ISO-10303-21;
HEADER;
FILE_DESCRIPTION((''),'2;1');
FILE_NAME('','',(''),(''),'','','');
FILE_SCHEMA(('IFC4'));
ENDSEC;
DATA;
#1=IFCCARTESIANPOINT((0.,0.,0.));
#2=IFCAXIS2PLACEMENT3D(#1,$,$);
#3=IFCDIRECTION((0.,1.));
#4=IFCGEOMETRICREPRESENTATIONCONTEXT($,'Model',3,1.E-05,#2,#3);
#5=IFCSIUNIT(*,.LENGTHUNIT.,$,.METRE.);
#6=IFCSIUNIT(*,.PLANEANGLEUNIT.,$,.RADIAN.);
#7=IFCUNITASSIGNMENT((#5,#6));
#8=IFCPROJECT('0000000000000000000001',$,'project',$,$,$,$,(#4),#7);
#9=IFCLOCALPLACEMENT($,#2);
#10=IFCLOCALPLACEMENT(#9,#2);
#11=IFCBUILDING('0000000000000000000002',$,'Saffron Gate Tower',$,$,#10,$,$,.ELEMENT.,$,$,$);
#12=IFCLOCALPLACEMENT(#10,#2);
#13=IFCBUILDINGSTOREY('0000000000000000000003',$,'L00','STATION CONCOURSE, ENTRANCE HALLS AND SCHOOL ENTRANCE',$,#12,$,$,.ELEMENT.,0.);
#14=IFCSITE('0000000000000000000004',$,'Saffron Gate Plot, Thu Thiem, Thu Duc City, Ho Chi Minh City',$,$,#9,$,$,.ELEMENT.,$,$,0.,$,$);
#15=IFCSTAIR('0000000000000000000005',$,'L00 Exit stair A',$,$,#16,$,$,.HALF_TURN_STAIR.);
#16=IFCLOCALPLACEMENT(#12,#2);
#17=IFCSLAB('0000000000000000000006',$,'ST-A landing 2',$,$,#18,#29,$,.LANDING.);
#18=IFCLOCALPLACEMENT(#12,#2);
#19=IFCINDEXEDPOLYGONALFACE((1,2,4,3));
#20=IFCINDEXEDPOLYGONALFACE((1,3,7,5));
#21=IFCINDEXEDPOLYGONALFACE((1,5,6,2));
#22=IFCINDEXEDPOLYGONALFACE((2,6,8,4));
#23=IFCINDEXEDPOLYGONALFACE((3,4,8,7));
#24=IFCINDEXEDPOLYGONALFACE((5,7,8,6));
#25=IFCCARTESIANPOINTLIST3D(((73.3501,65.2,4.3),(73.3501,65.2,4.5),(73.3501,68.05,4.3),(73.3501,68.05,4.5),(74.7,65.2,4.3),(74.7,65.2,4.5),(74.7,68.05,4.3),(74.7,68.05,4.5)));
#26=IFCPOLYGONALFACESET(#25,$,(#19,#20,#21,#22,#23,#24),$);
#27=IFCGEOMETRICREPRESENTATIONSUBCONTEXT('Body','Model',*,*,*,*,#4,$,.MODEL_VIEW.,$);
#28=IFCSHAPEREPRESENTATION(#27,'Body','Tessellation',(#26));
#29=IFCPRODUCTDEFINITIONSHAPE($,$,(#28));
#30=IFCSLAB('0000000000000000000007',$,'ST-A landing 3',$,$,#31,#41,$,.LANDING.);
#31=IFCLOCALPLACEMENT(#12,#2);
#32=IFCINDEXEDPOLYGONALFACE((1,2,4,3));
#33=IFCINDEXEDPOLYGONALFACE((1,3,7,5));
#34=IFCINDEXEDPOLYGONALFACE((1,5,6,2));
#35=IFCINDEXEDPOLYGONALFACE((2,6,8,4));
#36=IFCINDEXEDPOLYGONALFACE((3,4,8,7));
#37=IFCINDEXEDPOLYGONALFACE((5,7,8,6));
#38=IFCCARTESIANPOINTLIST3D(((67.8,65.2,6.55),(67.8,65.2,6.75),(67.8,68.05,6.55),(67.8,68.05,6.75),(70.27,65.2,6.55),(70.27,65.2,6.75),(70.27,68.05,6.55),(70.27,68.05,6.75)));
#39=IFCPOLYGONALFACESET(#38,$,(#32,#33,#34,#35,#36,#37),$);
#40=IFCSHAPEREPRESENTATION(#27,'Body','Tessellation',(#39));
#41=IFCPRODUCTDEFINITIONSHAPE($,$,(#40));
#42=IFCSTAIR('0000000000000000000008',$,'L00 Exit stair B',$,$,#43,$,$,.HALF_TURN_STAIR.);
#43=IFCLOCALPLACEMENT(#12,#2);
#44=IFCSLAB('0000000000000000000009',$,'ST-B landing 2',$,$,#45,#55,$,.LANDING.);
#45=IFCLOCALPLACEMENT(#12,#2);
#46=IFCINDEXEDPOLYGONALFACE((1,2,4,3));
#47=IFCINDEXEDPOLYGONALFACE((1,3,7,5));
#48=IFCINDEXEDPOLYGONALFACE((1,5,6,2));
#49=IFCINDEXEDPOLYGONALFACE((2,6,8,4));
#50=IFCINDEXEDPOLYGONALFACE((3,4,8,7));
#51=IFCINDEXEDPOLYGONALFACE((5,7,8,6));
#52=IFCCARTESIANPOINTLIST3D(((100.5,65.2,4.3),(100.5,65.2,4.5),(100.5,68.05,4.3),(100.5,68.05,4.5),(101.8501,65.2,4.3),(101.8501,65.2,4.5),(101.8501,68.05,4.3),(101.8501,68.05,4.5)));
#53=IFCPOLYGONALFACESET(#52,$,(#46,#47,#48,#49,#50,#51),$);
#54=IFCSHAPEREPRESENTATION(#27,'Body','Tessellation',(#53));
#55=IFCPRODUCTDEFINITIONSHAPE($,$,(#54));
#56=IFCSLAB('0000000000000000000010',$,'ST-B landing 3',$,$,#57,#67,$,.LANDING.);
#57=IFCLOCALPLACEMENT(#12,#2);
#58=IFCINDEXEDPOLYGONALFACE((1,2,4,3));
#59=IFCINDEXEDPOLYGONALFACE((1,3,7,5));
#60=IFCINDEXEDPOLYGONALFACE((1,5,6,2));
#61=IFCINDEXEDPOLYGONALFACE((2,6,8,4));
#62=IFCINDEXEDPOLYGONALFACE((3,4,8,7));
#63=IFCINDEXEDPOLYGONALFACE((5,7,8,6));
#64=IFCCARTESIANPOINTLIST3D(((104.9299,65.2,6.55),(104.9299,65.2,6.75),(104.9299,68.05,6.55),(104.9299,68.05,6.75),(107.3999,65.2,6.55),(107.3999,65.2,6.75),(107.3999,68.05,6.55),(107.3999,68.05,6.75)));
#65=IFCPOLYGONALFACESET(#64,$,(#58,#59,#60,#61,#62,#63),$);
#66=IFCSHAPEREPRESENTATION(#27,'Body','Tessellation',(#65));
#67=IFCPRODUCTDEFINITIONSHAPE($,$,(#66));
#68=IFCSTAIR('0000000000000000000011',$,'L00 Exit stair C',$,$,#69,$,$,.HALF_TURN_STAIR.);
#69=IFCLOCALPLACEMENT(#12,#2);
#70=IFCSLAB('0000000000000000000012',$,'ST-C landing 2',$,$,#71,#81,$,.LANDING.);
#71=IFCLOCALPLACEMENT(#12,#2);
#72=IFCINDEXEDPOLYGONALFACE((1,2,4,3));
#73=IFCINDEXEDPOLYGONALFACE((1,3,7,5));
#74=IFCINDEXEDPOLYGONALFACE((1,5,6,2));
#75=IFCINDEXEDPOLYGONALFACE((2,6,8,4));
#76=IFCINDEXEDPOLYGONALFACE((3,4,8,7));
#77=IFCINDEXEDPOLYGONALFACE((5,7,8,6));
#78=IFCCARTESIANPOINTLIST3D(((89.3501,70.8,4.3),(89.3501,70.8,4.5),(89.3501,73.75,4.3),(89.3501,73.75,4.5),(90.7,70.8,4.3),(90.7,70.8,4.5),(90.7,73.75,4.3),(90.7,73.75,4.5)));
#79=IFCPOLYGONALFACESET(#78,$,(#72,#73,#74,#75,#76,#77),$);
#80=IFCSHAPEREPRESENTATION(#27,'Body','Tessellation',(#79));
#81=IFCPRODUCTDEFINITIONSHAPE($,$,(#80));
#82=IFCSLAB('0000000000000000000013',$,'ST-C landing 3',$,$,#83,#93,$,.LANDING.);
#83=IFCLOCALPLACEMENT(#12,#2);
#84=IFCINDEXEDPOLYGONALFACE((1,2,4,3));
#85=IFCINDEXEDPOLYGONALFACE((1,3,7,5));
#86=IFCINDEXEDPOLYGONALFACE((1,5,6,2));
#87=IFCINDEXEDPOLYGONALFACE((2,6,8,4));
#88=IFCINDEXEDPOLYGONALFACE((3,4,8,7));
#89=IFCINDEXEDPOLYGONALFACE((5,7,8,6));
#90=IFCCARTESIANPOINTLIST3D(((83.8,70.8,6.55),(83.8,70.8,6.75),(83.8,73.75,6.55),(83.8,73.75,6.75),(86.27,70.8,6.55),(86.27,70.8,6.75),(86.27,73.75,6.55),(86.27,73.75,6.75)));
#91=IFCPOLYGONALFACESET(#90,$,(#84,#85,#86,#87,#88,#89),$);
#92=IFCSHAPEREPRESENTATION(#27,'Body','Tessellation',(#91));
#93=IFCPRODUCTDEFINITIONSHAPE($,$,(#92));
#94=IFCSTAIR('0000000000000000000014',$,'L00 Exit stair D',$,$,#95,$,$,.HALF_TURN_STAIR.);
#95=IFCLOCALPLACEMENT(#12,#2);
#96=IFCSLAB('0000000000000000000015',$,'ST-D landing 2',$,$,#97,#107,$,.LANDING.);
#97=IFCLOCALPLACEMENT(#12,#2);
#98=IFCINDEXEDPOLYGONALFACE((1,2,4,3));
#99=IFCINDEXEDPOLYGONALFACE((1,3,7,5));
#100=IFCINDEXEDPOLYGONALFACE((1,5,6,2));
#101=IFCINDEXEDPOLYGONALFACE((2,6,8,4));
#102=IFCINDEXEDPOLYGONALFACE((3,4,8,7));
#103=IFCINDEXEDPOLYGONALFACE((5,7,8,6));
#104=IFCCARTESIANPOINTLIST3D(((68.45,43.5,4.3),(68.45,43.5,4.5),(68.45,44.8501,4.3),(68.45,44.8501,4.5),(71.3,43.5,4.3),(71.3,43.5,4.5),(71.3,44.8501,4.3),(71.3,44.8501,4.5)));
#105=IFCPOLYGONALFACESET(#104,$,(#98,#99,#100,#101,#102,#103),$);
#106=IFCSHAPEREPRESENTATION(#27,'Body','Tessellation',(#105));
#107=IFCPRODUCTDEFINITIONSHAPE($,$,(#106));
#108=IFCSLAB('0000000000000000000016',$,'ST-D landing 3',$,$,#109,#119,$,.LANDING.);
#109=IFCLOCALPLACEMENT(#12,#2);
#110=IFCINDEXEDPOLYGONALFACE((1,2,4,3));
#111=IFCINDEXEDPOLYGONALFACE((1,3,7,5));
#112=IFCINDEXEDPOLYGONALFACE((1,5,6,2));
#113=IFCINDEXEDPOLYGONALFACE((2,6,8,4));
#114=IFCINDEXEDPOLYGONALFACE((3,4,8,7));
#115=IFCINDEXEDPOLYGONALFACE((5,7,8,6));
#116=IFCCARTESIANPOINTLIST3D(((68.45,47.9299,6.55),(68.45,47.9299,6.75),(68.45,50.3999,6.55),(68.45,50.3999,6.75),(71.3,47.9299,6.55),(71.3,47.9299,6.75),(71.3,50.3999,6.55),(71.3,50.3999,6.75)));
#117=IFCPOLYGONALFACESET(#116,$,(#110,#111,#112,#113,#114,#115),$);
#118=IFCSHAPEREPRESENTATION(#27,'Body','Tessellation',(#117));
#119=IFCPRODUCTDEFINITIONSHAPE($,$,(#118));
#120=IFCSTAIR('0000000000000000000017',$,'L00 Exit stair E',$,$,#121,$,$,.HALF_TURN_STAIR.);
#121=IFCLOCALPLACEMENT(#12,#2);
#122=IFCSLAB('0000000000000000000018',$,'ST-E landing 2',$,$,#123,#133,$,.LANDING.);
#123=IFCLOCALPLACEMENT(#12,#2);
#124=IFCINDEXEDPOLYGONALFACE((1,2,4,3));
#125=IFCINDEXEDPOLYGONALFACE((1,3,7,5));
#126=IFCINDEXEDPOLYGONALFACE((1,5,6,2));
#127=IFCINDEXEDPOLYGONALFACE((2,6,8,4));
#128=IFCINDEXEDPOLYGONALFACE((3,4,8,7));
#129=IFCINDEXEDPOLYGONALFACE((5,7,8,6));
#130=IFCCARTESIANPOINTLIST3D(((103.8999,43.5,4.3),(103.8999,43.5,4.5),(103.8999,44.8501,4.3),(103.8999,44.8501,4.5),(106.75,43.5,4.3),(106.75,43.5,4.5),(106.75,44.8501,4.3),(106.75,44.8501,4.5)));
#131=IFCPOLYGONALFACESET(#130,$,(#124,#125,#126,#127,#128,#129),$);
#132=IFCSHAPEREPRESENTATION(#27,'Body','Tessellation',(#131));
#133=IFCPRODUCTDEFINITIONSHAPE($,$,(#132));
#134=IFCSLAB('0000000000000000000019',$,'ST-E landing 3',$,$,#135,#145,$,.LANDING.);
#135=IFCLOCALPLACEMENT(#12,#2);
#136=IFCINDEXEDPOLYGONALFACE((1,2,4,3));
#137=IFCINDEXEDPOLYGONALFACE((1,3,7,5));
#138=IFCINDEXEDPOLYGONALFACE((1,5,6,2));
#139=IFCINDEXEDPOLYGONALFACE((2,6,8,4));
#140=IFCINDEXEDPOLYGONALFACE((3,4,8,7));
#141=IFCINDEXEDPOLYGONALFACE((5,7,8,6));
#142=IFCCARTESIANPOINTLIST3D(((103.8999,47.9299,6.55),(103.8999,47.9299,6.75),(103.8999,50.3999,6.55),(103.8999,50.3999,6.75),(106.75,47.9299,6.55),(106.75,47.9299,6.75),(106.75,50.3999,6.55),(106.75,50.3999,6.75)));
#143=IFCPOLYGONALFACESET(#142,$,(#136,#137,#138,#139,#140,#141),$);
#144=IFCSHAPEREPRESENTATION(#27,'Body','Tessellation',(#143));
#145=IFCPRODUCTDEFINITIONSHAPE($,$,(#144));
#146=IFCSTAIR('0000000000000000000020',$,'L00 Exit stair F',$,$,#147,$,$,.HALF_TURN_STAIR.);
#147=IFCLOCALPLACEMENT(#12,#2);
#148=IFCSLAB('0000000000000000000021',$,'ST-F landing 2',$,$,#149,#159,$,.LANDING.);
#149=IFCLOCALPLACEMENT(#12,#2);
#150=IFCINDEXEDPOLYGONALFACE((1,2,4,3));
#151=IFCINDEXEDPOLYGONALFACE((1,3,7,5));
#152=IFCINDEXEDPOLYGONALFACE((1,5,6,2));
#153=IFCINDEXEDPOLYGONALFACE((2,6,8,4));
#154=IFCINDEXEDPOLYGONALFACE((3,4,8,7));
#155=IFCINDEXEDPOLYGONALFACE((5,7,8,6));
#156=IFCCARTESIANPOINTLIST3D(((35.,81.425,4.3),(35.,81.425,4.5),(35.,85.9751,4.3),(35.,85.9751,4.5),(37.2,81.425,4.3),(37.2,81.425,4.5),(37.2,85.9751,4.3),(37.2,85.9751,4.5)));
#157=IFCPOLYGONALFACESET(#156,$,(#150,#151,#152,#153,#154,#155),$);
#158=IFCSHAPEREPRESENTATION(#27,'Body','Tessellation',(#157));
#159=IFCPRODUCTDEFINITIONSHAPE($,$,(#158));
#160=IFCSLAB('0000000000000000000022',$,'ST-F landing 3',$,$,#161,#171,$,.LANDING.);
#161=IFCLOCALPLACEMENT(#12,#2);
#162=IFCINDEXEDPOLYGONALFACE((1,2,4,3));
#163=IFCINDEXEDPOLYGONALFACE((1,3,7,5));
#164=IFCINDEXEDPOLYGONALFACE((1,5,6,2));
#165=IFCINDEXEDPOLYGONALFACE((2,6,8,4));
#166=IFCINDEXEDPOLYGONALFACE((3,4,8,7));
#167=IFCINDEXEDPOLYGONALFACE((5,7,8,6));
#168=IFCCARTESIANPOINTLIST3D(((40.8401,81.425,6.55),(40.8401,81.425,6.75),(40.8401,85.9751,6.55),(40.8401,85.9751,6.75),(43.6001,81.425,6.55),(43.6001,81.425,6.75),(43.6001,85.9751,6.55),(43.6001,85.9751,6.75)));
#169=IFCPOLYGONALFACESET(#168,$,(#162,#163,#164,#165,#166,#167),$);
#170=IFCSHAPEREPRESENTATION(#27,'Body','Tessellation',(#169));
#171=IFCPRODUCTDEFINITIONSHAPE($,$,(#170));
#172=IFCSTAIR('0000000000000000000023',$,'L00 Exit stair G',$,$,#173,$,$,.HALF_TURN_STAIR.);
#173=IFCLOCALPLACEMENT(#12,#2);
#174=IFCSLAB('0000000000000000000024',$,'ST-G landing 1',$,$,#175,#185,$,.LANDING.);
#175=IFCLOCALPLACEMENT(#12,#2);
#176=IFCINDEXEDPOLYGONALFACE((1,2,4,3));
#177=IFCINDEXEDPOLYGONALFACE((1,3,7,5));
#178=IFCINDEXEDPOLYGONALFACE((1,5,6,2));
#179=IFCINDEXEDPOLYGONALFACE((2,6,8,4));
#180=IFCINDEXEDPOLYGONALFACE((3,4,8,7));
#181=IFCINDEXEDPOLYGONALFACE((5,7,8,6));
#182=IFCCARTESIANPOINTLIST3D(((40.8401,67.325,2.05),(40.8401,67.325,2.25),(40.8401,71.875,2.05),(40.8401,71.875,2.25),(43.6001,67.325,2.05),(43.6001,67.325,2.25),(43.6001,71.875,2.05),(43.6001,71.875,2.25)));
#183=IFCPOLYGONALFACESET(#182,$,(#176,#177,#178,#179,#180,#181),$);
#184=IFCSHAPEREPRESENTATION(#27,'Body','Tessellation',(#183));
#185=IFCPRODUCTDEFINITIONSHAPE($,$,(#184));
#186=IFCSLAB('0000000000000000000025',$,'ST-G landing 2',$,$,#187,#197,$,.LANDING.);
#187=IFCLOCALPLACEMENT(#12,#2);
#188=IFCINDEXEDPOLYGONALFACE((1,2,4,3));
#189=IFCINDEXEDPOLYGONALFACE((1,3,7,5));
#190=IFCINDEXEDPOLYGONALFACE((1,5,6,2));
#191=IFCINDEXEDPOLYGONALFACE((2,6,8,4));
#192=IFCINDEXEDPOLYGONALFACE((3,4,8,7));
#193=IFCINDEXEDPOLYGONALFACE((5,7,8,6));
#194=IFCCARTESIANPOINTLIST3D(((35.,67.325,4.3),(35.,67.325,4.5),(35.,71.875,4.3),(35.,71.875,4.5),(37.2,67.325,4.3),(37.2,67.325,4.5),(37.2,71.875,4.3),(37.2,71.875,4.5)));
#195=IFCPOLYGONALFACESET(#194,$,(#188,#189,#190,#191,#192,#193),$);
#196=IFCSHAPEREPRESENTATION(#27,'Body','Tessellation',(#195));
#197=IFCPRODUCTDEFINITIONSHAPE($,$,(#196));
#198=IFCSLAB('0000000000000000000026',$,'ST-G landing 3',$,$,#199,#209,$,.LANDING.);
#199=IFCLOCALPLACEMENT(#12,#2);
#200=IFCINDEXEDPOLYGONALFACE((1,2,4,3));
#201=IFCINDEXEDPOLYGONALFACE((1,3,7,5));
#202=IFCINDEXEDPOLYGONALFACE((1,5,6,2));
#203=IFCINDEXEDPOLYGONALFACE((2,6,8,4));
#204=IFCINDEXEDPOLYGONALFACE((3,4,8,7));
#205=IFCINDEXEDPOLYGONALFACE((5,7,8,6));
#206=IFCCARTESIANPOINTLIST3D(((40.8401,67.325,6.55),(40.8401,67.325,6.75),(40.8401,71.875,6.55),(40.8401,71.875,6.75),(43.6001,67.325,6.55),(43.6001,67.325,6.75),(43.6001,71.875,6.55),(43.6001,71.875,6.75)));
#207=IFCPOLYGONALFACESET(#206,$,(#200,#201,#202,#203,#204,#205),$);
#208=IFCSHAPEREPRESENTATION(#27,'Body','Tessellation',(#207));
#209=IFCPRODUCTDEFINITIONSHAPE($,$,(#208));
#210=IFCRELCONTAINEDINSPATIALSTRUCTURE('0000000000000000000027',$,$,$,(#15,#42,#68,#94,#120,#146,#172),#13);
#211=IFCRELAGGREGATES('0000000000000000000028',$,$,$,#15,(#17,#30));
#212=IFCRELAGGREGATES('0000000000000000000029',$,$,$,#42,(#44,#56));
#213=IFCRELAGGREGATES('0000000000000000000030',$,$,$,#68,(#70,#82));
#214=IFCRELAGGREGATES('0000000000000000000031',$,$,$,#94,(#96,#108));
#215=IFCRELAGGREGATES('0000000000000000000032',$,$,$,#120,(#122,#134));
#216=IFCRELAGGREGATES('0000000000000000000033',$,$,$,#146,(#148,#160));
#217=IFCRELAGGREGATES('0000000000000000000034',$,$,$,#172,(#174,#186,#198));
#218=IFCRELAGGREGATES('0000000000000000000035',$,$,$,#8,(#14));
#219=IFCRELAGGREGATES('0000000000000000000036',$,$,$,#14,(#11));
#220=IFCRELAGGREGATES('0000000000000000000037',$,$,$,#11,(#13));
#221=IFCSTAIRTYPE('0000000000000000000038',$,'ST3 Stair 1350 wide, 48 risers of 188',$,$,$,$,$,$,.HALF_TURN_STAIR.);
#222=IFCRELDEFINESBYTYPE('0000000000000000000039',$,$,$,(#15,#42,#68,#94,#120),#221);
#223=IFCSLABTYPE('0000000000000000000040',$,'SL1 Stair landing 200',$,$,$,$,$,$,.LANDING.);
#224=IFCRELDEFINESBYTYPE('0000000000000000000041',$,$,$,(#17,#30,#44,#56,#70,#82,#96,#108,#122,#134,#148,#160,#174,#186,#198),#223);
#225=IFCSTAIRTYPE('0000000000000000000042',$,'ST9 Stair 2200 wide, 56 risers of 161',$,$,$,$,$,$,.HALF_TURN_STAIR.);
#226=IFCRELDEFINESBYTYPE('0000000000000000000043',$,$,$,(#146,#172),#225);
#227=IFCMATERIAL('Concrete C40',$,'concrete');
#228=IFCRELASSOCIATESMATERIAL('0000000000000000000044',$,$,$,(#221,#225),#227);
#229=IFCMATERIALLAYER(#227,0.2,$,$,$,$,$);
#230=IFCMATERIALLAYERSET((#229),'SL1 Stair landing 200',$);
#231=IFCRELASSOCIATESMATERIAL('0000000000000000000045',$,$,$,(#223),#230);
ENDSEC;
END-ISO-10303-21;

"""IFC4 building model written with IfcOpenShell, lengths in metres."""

from ifc_helpers import new_model, si_unit, direction, frame, origin, place, context, subcontext, project, spatial, polyline, outline, extrude, material, layer, layer_set, type_object, element, aggregate, save


model = new_model("IFC4")

# Units and contexts
model_context = context("Model", 3, precision=1e-05, world=origin(), true_north=direction((0.0, 1.0)))
body_context = subcontext(model_context, "Body", "Model", "MODEL_VIEW")
ifc_project = project(units=[si_unit("LENGTHUNIT", "METRE"), si_unit("PLANEANGLEUNIT", "RADIAN")], contexts=[model_context])

# Site, building, storey
site_placement = place(None, origin())
site = spatial("IfcSite", under=ifc_project, at=site_placement, Name="Saffron Gate Plot, Thu Thiem, Thu Duc City, Ho Chi Minh City", CompositionType="ELEMENT", RefElevation=0.0)
building_placement = place(site_placement, origin())
building = spatial("IfcBuilding", under=site, at=building_placement, Name="Saffron Gate Tower", CompositionType="ELEMENT")
storey_placement = place(building_placement, origin())
storey = spatial("IfcBuildingStorey", under=building, at=storey_placement, Name="L00", Description="STATION CONCOURSE, ENTRANCE HALLS AND SCHOOL ENTRANCE", CompositionType="ELEMENT", Elevation=0.0)

# Stairs, slabs
ifc_material = material(Name="Concrete C40", Category="concrete")
stair_type_1 = type_object("IfcStairType", Name="ST3 Stair 1350 wide, 48 risers of 188", PredefinedType="HALF_TURN_STAIR", material=ifc_material)
stair_1_placement = place(storey_placement, origin())
stair_1 = element("IfcStair", 1, at=stair_1_placement, inside=storey, type_object=stair_type_1, Name="L00 Exit stair A", PredefinedType="HALF_TURN_STAIR")
ifc_layer = layer(ifc_material, 0.2)
ifc_layer_set = layer_set([ifc_layer], Name="SL1 Stair landing 200")
slab_type = type_object("IfcSlabType", Name="SL1 Stair landing 200", PredefinedType="LANDING", material=ifc_layer_set)
slab_1_placement = place(storey_placement, frame((0.0, 0.0, 4.3)))
slab_1 = element("IfcSlab", 2, at=slab_1_placement, type_object=slab_type, Name="ST-A landing 2", PredefinedType="LANDING", context=body_context, shape_type="SweptSolid", body=[
    extrude(outline(polyline([(74.7, 68.05), (73.3501, 68.05), (73.3501, 65.2), (74.7, 65.2), (74.7, 68.05)])), origin(), (0.0, 0.0, 1.0), 0.2),
])
slab_2_placement = place(storey_placement, frame((0.0, 0.0, 6.55)))
slab_2 = element("IfcSlab", 3, at=slab_2_placement, type_object=slab_type, Name="ST-A landing 3", PredefinedType="LANDING", context=body_context, shape_type="SweptSolid", body=[
    extrude(outline(polyline([(70.27, 68.05), (67.8, 68.05), (67.8, 65.2), (70.27, 65.2), (70.27, 68.05)])), origin(), (0.0, 0.0, 1.0), 0.2),
])
aggregate(stair_1, [slab_1, slab_2])
stair_2_placement = place(storey_placement, origin())
stair_2 = element("IfcStair", 4, at=stair_2_placement, inside=storey, type_object=stair_type_1, Name="L00 Exit stair B", PredefinedType="HALF_TURN_STAIR")
slab_3_placement = place(storey_placement, frame((0.0, 0.0, 4.3)))
slab_3 = element("IfcSlab", 5, at=slab_3_placement, type_object=slab_type, Name="ST-B landing 2", PredefinedType="LANDING", context=body_context, shape_type="SweptSolid", body=[
    extrude(outline(polyline([(100.5, 65.2), (101.8501, 65.2), (101.8501, 68.05), (100.5, 68.05), (100.5, 65.2)])), origin(), (0.0, 0.0, 1.0), 0.2),
])
slab_4_placement = place(storey_placement, frame((0.0, 0.0, 6.55)))
slab_4 = element("IfcSlab", 6, at=slab_4_placement, type_object=slab_type, Name="ST-B landing 3", PredefinedType="LANDING", context=body_context, shape_type="SweptSolid", body=[
    extrude(outline(polyline([(104.9299, 65.2), (107.3999, 65.2), (107.3999, 68.05), (104.9299, 68.05), (104.9299, 65.2)])), origin(), (0.0, 0.0, 1.0), 0.2),
])
aggregate(stair_2, [slab_3, slab_4])
stair_3_placement = place(storey_placement, origin())
stair_3 = element("IfcStair", 7, at=stair_3_placement, inside=storey, type_object=stair_type_1, Name="L00 Exit stair C", PredefinedType="HALF_TURN_STAIR")
slab_5_placement = place(storey_placement, frame((0.0, 0.0, 4.3)))
slab_5 = element("IfcSlab", 8, at=slab_5_placement, type_object=slab_type, Name="ST-C landing 2", PredefinedType="LANDING", context=body_context, shape_type="SweptSolid", body=[
    extrude(outline(polyline([(90.7, 73.75), (89.3501, 73.75), (89.3501, 70.8), (90.7, 70.8), (90.7, 73.75)])), origin(), (0.0, 0.0, 1.0), 0.2),
])
slab_6_placement = place(storey_placement, frame((0.0, 0.0, 6.55)))
slab_6 = element("IfcSlab", 9, at=slab_6_placement, type_object=slab_type, Name="ST-C landing 3", PredefinedType="LANDING", context=body_context, shape_type="SweptSolid", body=[
    extrude(outline(polyline([(86.27, 73.75), (83.8, 73.75), (83.8, 70.8), (86.27, 70.8), (86.27, 73.75)])), origin(), (0.0, 0.0, 1.0), 0.2),
])
aggregate(stair_3, [slab_5, slab_6])
stair_4_placement = place(storey_placement, origin())
stair_4 = element("IfcStair", 10, at=stair_4_placement, inside=storey, type_object=stair_type_1, Name="L00 Exit stair D", PredefinedType="HALF_TURN_STAIR")
slab_7_placement = place(storey_placement, frame((0.0, 0.0, 4.3)))
slab_7 = element("IfcSlab", 11, at=slab_7_placement, type_object=slab_type, Name="ST-D landing 2", PredefinedType="LANDING", context=body_context, shape_type="SweptSolid", body=[
    extrude(outline(polyline([(71.3, 43.5), (71.3, 44.8501), (68.45, 44.8501), (68.45, 43.5), (71.3, 43.5)])), origin(), (0.0, 0.0, 1.0), 0.2),
])
slab_8_placement = place(storey_placement, frame((0.0, 0.0, 6.55)))
slab_8 = element("IfcSlab", 12, at=slab_8_placement, type_object=slab_type, Name="ST-D landing 3", PredefinedType="LANDING", context=body_context, shape_type="SweptSolid", body=[
    extrude(outline(polyline([(71.3, 47.9299), (71.3, 50.3999), (68.45, 50.3999), (68.45, 47.9299), (71.3, 47.9299)])), origin(), (0.0, 0.0, 1.0), 0.2),
])
aggregate(stair_4, [slab_7, slab_8])
stair_5_placement = place(storey_placement, origin())
stair_5 = element("IfcStair", 13, at=stair_5_placement, inside=storey, type_object=stair_type_1, Name="L00 Exit stair E", PredefinedType="HALF_TURN_STAIR")
slab_9_placement = place(storey_placement, frame((0.0, 0.0, 4.3)))
slab_9 = element("IfcSlab", 14, at=slab_9_placement, type_object=slab_type, Name="ST-E landing 2", PredefinedType="LANDING", context=body_context, shape_type="SweptSolid", body=[
    extrude(outline(polyline([(106.75, 43.5), (106.75, 44.8501), (103.8999, 44.8501), (103.8999, 43.5), (106.75, 43.5)])), origin(), (0.0, 0.0, 1.0), 0.2),
])
slab_10_placement = place(storey_placement, frame((0.0, 0.0, 6.55)))
slab_10 = element("IfcSlab", 15, at=slab_10_placement, type_object=slab_type, Name="ST-E landing 3", PredefinedType="LANDING", context=body_context, shape_type="SweptSolid", body=[
    extrude(outline(polyline([(106.75, 47.9299), (106.75, 50.3999), (103.8999, 50.3999), (103.8999, 47.9299), (106.75, 47.9299)])), origin(), (0.0, 0.0, 1.0), 0.2),
])
aggregate(stair_5, [slab_9, slab_10])
stair_type_2 = type_object("IfcStairType", Name="ST9 Stair 2200 wide, 56 risers of 161", PredefinedType="HALF_TURN_STAIR", material=ifc_material)
stair_6_placement = place(storey_placement, origin())
stair_6 = element("IfcStair", 16, at=stair_6_placement, inside=storey, type_object=stair_type_2, Name="L00 Exit stair F", PredefinedType="HALF_TURN_STAIR")
slab_11_placement = place(storey_placement, frame((0.0, 0.0, 4.3)))
slab_11 = element("IfcSlab", 17, at=slab_11_placement, type_object=slab_type, Name="ST-F landing 2", PredefinedType="LANDING", context=body_context, shape_type="SweptSolid", body=[
    extrude(outline(polyline([(35.0, 81.425), (37.2, 81.425), (37.2, 85.9751), (35.0, 85.9751), (35.0, 81.425)])), origin(), (0.0, 0.0, 1.0), 0.2),
])
slab_12_placement = place(storey_placement, frame((0.0, 0.0, 6.55)))
slab_12 = element("IfcSlab", 18, at=slab_12_placement, type_object=slab_type, Name="ST-F landing 3", PredefinedType="LANDING", context=body_context, shape_type="SweptSolid", body=[
    extrude(outline(polyline([(40.8401, 81.425), (43.6001, 81.425), (43.6001, 85.9751), (40.8401, 85.9751), (40.8401, 81.425)])), origin(), (0.0, 0.0, 1.0), 0.2),
])
aggregate(stair_6, [slab_11, slab_12])
stair_7_placement = place(storey_placement, origin())
stair_7 = element("IfcStair", 19, at=stair_7_placement, inside=storey, type_object=stair_type_2, Name="L00 Exit stair G", PredefinedType="HALF_TURN_STAIR")
slab_13_placement = place(storey_placement, frame((0.0, 0.0, 2.05)))
slab_13 = element("IfcSlab", 20, at=slab_13_placement, type_object=slab_type, Name="ST-G landing 1", PredefinedType="LANDING", context=body_context, shape_type="SweptSolid", body=[
    extrude(outline(polyline([(40.8401, 67.325), (43.6001, 67.325), (43.6001, 71.875), (40.8401, 71.875), (40.8401, 67.325)])), origin(), (0.0, 0.0, 1.0), 0.2),
])
slab_14_placement = place(storey_placement, frame((0.0, 0.0, 4.3)))
slab_14 = element("IfcSlab", 21, at=slab_14_placement, type_object=slab_type, Name="ST-G landing 2", PredefinedType="LANDING", context=body_context, shape_type="SweptSolid", body=[
    extrude(outline(polyline([(35.0, 67.325), (37.2, 67.325), (37.2, 71.875), (35.0, 71.875), (35.0, 67.325)])), origin(), (0.0, 0.0, 1.0), 0.2),
])
slab_15_placement = place(storey_placement, frame((0.0, 0.0, 6.55)))
slab_15 = element("IfcSlab", 22, at=slab_15_placement, type_object=slab_type, Name="ST-G landing 3", PredefinedType="LANDING", context=body_context, shape_type="SweptSolid", body=[
    extrude(outline(polyline([(40.8401, 67.325), (43.6001, 67.325), (43.6001, 71.875), (40.8401, 71.875), (40.8401, 67.325)])), origin(), (0.0, 0.0, 1.0), 0.2),
])
aggregate(stair_7, [slab_13, slab_14, slab_15])

save(model, "model.ifc")
